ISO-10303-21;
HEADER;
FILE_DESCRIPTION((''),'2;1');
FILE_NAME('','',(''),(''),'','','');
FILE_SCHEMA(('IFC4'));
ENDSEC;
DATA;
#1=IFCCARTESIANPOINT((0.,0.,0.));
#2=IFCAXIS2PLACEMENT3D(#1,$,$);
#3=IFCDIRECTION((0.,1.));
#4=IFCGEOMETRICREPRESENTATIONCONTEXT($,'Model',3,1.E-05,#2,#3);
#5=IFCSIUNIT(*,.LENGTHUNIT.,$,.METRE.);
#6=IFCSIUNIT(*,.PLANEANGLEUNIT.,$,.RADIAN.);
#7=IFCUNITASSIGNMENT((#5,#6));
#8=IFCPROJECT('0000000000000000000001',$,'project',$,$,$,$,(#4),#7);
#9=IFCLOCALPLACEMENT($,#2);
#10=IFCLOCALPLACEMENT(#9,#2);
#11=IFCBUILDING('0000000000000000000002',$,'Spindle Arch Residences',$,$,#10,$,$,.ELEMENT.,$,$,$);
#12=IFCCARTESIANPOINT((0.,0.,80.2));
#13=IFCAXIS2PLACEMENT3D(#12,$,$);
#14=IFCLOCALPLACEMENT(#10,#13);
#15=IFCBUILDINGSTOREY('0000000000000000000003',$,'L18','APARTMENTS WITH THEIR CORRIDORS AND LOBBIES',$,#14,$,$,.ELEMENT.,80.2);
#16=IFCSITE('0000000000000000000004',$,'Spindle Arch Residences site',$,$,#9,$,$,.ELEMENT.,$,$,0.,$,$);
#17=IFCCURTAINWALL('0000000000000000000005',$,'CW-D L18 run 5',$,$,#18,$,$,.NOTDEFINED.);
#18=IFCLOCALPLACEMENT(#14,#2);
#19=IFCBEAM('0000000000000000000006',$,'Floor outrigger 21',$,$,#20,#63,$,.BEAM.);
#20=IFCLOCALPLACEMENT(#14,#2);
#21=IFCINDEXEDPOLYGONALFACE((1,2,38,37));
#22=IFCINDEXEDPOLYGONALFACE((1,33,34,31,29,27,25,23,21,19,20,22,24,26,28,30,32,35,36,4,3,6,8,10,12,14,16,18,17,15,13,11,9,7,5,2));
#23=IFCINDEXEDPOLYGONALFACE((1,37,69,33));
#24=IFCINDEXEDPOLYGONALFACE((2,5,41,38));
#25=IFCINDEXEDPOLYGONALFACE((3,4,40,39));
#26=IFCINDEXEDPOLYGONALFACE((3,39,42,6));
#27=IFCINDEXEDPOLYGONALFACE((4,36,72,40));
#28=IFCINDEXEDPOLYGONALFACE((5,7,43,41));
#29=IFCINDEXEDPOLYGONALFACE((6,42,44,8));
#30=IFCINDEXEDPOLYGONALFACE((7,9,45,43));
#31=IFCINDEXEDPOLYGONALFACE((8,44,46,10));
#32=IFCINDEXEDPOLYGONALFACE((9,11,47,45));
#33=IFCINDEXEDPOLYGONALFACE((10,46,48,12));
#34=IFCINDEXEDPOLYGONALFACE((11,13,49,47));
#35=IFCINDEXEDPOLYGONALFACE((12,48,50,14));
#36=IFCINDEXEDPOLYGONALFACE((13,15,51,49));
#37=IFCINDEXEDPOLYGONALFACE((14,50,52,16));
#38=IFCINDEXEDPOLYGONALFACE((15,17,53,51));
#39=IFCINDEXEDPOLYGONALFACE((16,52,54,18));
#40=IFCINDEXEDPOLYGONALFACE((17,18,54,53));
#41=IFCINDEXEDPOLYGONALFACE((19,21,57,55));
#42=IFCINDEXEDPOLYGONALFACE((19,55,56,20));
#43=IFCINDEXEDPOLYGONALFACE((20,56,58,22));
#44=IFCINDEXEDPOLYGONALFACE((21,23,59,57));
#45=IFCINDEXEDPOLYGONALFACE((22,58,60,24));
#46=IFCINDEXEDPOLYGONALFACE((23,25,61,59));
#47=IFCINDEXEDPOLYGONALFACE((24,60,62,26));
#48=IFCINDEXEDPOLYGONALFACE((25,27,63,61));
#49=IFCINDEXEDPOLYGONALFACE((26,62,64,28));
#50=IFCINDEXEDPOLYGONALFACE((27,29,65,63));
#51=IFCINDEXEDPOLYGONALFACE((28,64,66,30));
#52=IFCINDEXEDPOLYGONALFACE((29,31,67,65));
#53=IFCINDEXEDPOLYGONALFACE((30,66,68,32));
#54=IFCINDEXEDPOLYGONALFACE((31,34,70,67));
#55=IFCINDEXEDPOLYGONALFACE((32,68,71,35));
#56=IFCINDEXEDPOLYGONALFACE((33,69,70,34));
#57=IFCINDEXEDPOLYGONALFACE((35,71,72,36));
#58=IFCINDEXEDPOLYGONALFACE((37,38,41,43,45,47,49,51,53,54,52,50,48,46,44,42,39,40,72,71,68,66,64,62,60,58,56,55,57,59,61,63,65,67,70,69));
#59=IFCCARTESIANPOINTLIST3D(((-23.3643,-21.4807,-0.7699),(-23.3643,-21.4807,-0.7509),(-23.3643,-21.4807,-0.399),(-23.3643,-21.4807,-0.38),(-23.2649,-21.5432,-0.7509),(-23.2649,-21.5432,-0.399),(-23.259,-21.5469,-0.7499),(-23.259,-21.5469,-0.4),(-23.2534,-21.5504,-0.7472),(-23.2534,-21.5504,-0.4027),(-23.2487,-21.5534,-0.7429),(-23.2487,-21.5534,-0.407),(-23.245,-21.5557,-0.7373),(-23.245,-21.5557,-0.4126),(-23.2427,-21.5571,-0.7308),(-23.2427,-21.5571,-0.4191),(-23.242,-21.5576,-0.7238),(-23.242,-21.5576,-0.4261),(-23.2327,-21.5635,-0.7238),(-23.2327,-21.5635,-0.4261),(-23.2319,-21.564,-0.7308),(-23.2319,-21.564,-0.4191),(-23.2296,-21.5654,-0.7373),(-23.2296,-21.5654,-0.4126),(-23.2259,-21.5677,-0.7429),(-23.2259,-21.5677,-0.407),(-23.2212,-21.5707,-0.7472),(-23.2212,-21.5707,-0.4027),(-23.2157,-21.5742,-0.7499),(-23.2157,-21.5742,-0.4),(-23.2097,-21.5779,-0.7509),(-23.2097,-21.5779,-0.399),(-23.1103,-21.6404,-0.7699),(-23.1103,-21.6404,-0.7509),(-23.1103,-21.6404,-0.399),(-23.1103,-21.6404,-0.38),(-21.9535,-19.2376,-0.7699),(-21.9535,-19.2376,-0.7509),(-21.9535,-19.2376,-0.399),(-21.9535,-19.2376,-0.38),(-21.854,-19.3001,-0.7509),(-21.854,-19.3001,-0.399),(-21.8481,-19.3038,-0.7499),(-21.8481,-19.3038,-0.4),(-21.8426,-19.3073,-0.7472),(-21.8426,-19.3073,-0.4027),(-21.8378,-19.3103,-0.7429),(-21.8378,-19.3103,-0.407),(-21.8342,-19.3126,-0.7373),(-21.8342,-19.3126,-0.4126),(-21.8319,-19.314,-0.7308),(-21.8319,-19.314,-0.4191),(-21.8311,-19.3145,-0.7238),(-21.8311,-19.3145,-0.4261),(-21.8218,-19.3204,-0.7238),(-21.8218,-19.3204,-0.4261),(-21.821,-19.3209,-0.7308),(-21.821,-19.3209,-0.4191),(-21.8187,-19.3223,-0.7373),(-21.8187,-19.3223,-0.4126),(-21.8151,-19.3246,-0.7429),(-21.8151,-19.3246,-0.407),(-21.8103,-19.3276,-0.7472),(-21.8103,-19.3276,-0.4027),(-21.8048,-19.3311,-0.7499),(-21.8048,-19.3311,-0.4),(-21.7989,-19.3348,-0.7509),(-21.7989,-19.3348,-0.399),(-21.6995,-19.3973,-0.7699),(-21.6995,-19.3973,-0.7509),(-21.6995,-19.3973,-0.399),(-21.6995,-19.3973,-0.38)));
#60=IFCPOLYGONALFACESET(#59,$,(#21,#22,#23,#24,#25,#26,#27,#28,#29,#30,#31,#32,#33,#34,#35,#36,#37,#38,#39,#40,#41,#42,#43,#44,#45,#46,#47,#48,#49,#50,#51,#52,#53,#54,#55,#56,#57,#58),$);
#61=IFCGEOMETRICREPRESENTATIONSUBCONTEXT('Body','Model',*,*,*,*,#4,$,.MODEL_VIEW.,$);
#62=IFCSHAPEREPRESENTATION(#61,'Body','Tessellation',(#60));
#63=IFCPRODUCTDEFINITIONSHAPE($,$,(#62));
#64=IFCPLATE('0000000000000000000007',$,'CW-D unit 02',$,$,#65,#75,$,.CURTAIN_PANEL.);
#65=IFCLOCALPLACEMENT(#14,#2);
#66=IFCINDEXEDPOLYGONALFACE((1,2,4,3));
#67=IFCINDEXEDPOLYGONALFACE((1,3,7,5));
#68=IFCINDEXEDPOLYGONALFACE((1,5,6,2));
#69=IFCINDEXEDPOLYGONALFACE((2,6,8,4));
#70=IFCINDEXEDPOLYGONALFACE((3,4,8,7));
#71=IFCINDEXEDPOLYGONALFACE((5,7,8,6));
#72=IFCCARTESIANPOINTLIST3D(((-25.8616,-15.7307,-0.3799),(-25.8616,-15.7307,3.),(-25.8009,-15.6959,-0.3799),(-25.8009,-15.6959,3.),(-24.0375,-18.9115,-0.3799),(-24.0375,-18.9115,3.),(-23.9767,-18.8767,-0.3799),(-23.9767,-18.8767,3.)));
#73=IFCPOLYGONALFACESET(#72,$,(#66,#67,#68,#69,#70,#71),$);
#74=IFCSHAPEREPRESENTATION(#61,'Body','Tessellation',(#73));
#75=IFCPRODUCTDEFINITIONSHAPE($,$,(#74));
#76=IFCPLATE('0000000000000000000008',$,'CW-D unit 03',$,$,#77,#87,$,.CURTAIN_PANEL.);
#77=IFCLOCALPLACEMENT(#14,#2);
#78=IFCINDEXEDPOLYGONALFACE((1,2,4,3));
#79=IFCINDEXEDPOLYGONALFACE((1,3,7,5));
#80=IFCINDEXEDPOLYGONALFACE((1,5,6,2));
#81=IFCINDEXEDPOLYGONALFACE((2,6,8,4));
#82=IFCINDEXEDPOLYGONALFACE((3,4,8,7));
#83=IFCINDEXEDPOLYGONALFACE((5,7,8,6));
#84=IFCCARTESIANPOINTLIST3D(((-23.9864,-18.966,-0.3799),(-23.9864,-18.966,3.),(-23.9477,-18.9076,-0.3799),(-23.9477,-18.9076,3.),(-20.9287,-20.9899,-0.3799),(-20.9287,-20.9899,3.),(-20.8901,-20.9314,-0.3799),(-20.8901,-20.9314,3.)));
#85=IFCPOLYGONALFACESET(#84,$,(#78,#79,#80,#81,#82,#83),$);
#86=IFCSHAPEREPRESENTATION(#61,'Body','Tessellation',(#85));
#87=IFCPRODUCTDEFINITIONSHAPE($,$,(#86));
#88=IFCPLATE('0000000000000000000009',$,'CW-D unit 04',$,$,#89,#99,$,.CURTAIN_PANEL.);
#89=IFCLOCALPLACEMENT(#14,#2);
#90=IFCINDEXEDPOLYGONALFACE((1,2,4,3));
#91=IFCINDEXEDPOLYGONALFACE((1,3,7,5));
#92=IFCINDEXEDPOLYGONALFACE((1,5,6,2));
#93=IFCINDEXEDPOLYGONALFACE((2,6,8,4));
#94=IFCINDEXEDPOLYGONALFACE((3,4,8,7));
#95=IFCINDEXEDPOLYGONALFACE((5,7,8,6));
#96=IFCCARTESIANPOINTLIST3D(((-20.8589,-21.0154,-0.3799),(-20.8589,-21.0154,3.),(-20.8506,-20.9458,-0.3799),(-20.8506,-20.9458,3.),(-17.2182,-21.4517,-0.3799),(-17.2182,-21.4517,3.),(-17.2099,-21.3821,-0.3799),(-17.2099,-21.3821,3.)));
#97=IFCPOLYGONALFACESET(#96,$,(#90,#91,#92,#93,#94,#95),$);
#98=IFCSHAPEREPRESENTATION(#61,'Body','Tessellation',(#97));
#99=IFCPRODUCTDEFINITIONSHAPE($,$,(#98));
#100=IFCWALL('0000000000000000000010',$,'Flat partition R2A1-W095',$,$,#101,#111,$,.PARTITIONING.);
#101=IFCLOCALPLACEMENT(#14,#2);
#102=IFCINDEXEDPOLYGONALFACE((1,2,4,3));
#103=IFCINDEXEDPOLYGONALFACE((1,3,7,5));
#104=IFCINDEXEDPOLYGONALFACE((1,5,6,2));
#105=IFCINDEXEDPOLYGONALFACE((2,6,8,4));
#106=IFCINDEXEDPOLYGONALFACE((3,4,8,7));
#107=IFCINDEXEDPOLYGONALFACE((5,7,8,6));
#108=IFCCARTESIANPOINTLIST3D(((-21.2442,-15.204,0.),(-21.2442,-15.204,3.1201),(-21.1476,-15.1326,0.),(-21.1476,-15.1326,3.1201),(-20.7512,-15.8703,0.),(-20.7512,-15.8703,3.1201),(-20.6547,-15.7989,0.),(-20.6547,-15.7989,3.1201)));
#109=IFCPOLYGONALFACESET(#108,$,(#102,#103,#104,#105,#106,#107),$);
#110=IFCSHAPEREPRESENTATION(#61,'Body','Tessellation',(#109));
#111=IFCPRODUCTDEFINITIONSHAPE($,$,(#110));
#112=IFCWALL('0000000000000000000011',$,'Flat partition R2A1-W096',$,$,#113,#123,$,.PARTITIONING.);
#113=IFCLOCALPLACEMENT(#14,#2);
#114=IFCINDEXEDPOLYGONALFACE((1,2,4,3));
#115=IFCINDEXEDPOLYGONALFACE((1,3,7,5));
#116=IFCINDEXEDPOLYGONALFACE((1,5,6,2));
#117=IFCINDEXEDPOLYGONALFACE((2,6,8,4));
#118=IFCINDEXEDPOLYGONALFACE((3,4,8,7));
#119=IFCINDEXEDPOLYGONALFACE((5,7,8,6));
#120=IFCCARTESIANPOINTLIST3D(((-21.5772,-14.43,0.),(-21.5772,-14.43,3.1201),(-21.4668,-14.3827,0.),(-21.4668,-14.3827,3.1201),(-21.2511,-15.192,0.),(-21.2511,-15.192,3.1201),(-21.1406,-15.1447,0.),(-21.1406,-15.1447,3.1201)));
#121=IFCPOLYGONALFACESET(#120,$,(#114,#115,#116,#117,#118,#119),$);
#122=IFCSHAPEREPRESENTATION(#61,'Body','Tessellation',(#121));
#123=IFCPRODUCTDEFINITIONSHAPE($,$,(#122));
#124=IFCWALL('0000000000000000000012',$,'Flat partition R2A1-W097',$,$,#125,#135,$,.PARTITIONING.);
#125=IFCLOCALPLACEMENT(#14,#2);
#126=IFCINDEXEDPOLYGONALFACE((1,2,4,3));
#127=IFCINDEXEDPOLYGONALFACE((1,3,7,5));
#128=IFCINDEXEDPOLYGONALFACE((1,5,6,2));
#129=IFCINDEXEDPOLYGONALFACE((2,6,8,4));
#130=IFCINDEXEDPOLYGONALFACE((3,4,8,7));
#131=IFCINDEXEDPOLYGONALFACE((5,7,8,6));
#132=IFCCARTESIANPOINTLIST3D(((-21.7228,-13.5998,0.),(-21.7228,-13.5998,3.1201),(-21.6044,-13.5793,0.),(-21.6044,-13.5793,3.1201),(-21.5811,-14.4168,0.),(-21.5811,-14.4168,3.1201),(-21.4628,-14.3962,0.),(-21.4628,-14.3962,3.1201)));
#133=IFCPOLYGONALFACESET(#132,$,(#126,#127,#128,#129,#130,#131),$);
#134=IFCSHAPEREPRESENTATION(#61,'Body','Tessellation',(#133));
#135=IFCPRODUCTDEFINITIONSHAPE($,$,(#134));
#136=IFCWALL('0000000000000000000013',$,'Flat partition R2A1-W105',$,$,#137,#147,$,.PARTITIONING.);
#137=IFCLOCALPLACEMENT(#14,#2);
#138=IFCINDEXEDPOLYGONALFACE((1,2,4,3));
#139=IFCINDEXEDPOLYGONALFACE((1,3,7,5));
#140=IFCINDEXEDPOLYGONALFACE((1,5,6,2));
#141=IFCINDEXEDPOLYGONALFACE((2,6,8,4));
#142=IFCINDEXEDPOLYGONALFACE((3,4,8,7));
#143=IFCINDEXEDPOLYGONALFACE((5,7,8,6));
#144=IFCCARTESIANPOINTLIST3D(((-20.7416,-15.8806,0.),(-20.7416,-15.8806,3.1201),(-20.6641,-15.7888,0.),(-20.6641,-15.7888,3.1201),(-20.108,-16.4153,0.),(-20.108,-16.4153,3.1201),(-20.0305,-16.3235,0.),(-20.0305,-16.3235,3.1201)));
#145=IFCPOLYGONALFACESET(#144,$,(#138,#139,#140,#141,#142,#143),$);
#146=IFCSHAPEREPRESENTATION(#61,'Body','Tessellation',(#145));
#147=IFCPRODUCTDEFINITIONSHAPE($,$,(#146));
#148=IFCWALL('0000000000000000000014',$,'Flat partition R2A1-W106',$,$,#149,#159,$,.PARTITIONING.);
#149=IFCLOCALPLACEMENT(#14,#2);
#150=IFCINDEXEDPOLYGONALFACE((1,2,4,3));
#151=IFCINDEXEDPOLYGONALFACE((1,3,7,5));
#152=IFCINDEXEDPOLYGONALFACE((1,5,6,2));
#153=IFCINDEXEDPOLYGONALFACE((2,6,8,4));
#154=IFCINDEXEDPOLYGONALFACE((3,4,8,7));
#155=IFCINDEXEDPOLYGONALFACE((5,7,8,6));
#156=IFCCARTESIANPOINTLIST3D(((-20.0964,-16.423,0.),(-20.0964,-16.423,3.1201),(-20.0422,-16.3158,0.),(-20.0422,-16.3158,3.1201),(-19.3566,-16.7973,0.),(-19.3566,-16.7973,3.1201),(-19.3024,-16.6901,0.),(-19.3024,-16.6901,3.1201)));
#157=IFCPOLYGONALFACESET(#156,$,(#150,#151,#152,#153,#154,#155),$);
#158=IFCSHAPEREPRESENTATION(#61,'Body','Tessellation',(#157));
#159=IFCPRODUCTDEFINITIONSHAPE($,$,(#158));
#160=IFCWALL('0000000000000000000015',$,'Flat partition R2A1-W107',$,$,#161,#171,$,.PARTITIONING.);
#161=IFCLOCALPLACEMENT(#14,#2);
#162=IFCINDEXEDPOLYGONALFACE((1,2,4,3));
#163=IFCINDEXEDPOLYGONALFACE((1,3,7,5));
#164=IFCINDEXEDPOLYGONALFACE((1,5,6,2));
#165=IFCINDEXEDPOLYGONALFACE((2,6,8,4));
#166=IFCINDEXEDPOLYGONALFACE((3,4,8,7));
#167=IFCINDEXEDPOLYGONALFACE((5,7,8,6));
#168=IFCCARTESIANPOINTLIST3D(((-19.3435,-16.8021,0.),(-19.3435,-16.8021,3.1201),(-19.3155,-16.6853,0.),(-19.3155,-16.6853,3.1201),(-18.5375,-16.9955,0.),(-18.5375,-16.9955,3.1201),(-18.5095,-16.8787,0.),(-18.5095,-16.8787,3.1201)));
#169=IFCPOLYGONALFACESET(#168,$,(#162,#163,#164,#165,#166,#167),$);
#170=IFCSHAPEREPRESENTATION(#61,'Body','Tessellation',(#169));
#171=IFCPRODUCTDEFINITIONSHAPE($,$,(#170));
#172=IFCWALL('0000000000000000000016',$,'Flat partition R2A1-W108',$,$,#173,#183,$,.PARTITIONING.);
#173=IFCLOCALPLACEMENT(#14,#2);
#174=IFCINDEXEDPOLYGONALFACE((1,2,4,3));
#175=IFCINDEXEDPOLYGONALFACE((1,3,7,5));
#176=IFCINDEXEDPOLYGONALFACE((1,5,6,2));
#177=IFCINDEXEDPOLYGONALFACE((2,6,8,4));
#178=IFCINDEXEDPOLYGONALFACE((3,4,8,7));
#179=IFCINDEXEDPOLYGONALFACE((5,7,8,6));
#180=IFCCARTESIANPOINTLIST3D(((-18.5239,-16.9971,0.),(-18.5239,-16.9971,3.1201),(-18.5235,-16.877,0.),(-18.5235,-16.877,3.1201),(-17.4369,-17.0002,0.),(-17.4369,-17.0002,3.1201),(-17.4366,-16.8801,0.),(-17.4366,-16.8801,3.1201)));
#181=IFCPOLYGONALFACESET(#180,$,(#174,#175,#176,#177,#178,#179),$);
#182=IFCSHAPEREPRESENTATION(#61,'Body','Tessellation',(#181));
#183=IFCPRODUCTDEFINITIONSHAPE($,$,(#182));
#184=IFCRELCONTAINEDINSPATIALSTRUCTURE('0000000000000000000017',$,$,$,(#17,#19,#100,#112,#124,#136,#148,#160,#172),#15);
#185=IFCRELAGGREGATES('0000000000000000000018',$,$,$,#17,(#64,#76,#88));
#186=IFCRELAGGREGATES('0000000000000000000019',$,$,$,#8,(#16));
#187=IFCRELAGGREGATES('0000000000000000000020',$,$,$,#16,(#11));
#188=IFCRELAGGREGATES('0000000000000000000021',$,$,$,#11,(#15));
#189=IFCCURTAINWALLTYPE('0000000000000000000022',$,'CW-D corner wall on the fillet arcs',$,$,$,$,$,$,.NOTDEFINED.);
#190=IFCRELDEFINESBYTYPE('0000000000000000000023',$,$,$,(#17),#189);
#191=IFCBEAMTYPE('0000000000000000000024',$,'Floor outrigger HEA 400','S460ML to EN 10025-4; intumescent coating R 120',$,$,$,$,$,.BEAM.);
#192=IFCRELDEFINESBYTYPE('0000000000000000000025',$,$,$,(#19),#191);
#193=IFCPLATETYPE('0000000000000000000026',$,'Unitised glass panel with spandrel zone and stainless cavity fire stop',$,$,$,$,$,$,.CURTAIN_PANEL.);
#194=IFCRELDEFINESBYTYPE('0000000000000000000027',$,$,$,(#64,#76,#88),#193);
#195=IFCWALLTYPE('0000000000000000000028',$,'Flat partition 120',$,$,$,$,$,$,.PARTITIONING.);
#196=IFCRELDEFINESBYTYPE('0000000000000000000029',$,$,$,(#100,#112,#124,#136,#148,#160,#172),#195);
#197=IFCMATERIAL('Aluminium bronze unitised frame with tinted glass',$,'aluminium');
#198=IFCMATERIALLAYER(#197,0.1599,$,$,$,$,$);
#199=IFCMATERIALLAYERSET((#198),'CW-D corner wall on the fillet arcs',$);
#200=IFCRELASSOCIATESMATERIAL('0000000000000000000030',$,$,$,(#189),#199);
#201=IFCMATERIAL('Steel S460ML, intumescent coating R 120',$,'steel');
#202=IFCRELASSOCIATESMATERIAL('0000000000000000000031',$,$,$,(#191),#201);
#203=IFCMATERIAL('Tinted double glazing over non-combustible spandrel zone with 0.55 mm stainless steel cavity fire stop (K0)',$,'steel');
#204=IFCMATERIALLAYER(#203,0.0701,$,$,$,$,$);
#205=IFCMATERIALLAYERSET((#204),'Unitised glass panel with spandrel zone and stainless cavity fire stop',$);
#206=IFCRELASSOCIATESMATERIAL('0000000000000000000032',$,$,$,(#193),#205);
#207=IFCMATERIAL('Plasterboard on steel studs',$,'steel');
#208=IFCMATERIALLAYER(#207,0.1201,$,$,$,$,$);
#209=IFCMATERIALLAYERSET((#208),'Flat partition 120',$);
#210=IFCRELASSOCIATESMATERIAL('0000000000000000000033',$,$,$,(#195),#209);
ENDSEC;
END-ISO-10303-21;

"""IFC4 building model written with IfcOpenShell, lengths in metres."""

from ifc_helpers import new_model, si_unit, direction, frame, frame_2d, origin, origin_2d, place, context, subcontext, project, spatial, rectangle, i_section, extrude, material, layer, layer_set, material_profile, profile_set, type_object, element, aggregate, save


model = new_model("IFC4")

# Units and contexts
model_context = context("Model", 3, precision=1e-05, world=origin(), true_north=direction((0.0, 1.0)))
body_context = subcontext(model_context, "Body", "Model", "MODEL_VIEW")
ifc_project = project(units=[si_unit("LENGTHUNIT", "METRE"), si_unit("PLANEANGLEUNIT", "RADIAN")], contexts=[model_context])

# Site, building, storey
site_placement = place(None, origin())
site = spatial("IfcSite", under=ifc_project, at=site_placement, Name="Spindle Arch Residences site", CompositionType="ELEMENT", RefElevation=0.0)
building_placement = place(site_placement, origin())
building = spatial("IfcBuilding", under=site, at=building_placement, Name="Spindle Arch Residences", CompositionType="ELEMENT")
storey_placement = place(building_placement, frame((0.0, 0.0, 80.2)))
storey = spatial("IfcBuildingStorey", under=building, at=storey_placement, Name="L18", Description="APARTMENTS WITH THEIR CORRIDORS AND LOBBIES", CompositionType="ELEMENT", Elevation=80.2)

# Curtain wall
ifc_material_1 = material(Name="Aluminium bronze unitised frame with tinted glass", Category="aluminium")
ifc_layer_1 = layer(ifc_material_1, 0.1599)
ifc_layer_set_1 = layer_set([ifc_layer_1], Name="CW-D corner wall on the fillet arcs")
curtain_wall_type = type_object("IfcCurtainWallType", Name="CW-D corner wall on the fillet arcs", PredefinedType="NOTDEFINED", material=ifc_layer_set_1)
curtain_wall_placement = place(storey_placement, origin())
curtain_wall = element("IfcCurtainWall", 1, at=curtain_wall_placement, inside=storey, type_object=curtain_wall_type, Name="CW-D L18 run 5", PredefinedType="NOTDEFINED")

# Beam
ifc_material_2 = material(Name="Steel S460ML, intumescent coating R 120", Category="steel")
ifc_material_profile_1 = material_profile(ifc_material_2, i_section(OverallWidth=0.3, OverallDepth=0.3899, WebThickness=0.011, FlangeThickness=0.019, FilletRadius=0.0271, at=origin_2d()), Name="HEA 400")
ifc_profile_set_1 = profile_set([ifc_material_profile_1], Name="Steel S460ML, intumescent coating R 120")
beam_type_1 = type_object("IfcBeamType", Name="Floor outrigger HEA 400", Description="S460ML to EN 10025-4; intumescent coating R 120", PredefinedType="BEAM", material=ifc_profile_set_1)
for number, where, z_axis, x_axis, name in (
    (2, (-23.2373, -21.5605, -0.575), (0.532415, 0.846484, 0.0), (-0.846484, 0.532415, 0.0), "Floor outrigger 21"),
):
    element("IfcBeam", number, at=place(storey_placement, frame(where, z_axis=z_axis, x_axis=x_axis)), inside=storey, type_object=beam_type_1, Name=name, PredefinedType="BEAM", context=body_context, shape_type="SweptSolid", body=[
        extrude(i_section(OverallWidth=0.3, OverallDepth=0.3899, WebThickness=0.011, FlangeThickness=0.019, FilletRadius=0.0271, at=origin_2d()), origin(), (0.0, 0.0, 1.0), 2.6499),
    ])

# Plates
ifc_material_3 = material(Name="Tinted double glazing over non-combustible spandrel zone with 0.55 mm stainless steel cavity fire stop (K0)", Category="steel")
ifc_layer_2 = layer(ifc_material_3, 0.0701)
ifc_layer_set_2 = layer_set([ifc_layer_2], Name="Unitised glass panel with spandrel zone and stainless cavity fire stop")
plate_type = type_object("IfcPlateType", Name="Unitised glass panel with spandrel zone and stainless cavity fire stop", PredefinedType="CURTAIN_PANEL", material=ifc_layer_set_2)
plate_1_placement = place(storey_placement, frame((-24.9192, -17.3037, -0.3799), z_axis=(0.0, 0.0, 1.0), x_axis=(0.497479, -0.867476, 0.0)))
plate_1 = element("IfcPlate", 3, at=plate_1_placement, type_object=plate_type, Name="CW-D unit 02", PredefinedType="CURTAIN_PANEL", context=body_context, shape_type="SweptSolid", body=[
    extrude(rectangle(XDim=3.6667, YDim=0.0701, at=origin_2d()), origin(), (0.0, 0.0, 1.0), 3.3799),
])
plate_2_placement = place(storey_placement, frame((-22.4382, -19.9487, -0.3799), z_axis=(0.0, 0.0, 1.0), x_axis=(0.833886, -0.551937, 0.0)))
plate_2 = element("IfcPlate", 4, at=plate_2_placement, type_object=plate_type, Name="CW-D unit 03", PredefinedType="CURTAIN_PANEL", context=body_context, shape_type="SweptSolid", body=[
    extrude(rectangle(XDim=3.6667, YDim=0.0701, at=origin_2d()), origin(), (0.0, 0.0, 1.0), 3.3799),
])
plate_3_placement = place(storey_placement, frame((-19.0344, -21.1987, -0.3799), z_axis=(0.0, 0.0, 1.0), x_axis=(0.992896, -0.118982, 0.0)))
plate_3 = element("IfcPlate", 5, at=plate_3_placement, type_object=plate_type, Name="CW-D unit 04", PredefinedType="CURTAIN_PANEL", context=body_context, shape_type="SweptSolid", body=[
    extrude(rectangle(XDim=3.6667, YDim=0.0701, at=origin_2d()), origin(), (0.0, 0.0, 1.0), 3.3799),
])
aggregate(curtain_wall, [plate_1, plate_2, plate_3])

# Walls
ifc_material_4 = material(Name="Plasterboard on steel studs", Category="steel")
ifc_layer_3 = layer(ifc_material_4, 0.1201)
ifc_layer_set_3 = layer_set([ifc_layer_3], Name="Flat partition 120")
wall_type_1 = type_object("IfcWallType", Name="Flat partition 120", PredefinedType="PARTITIONING", material=ifc_layer_set_3)
for number, where, z_axis, x_axis, name in (
    (6, (-20.7029, -15.8347, 0.0), (0.0, 0.0, 1.0), (-0.594755, 0.803907, 0.0), "Flat partition R2A1-W095"),
    (7, (-21.1958, -15.1685, 0.0), (0.0, 0.0, 1.0), (-0.393528, 0.919313, 0.0), "Flat partition R2A1-W096"),
):
    element("IfcWall", number, at=place(storey_placement, frame(where, z_axis=z_axis, x_axis=x_axis)), inside=storey, type_object=wall_type_1, Name=name, PredefinedType="PARTITIONING", context=body_context, shape_type="SweptSolid", body=[
        extrude(rectangle(XDim=0.8289, YDim=0.1201, at=frame_2d((0.4146, 0.0))), origin(), (0.0, 0.0, 1.0), 3.1201),
    ])
for number, where, z_axis, x_axis, name in (
    (8, (-21.522, -14.4065, 0.0), (0.0, 0.0, 1.0), (-0.170794, 0.985307, 0.0), "Flat partition R2A1-W097"),
    (9, (-20.7029, -15.8347, 0.0), (0.0, 0.0, 1.0), (0.764223, -0.644952, 0.0), "Flat partition R2A1-W105"),
    (10, (-20.0693, -16.3694, 0.0), (0.0, 0.0, 1.0), (0.892297, -0.451449, 0.0), "Flat partition R2A1-W106"),
):
    element("IfcWall", number, at=place(storey_placement, frame(where, z_axis=z_axis, x_axis=x_axis)), inside=storey, type_object=wall_type_1, Name=name, PredefinedType="PARTITIONING", context=body_context, shape_type="SweptSolid", body=[
        extrude(rectangle(XDim=0.8291, YDim=0.1201, at=frame_2d((0.4146, 0.0))), origin(), (0.0, 0.0, 1.0), 3.1201),
    ])
wall_1_placement = place(storey_placement, frame((-19.3296, -16.7437, 0.0), z_axis=(0.0, 0.0, 1.0), x_axis=(0.972403, -0.233306, 0.0)))
element("IfcWall", 11, at=wall_1_placement, inside=storey, type_object=wall_type_1, Name="Flat partition R2A1-W107", PredefinedType="PARTITIONING", context=body_context, shape_type="SweptSolid", body=[
    extrude(rectangle(XDim=0.8289, YDim=0.1201, at=frame_2d((0.4146, 0.0))), origin(), (0.0, 0.0, 1.0), 3.1201),
])
wall_2_placement = place(storey_placement, frame((-18.5237, -16.937, 0.0), z_axis=(0.0, 0.0, 1.0), x_axis=(0.999996, -0.00292, 0.0)))
element("IfcWall", 12, at=wall_2_placement, inside=storey, type_object=wall_type_1, Name="Flat partition R2A1-W108", PredefinedType="PARTITIONING", context=body_context, shape_type="SweptSolid", body=[
    extrude(rectangle(XDim=1.0869, YDim=0.1201, at=frame_2d((0.5435, 0.0))), origin(), (0.0, 0.0, 1.0), 3.1201),
])

save(model, "model.ifc")
